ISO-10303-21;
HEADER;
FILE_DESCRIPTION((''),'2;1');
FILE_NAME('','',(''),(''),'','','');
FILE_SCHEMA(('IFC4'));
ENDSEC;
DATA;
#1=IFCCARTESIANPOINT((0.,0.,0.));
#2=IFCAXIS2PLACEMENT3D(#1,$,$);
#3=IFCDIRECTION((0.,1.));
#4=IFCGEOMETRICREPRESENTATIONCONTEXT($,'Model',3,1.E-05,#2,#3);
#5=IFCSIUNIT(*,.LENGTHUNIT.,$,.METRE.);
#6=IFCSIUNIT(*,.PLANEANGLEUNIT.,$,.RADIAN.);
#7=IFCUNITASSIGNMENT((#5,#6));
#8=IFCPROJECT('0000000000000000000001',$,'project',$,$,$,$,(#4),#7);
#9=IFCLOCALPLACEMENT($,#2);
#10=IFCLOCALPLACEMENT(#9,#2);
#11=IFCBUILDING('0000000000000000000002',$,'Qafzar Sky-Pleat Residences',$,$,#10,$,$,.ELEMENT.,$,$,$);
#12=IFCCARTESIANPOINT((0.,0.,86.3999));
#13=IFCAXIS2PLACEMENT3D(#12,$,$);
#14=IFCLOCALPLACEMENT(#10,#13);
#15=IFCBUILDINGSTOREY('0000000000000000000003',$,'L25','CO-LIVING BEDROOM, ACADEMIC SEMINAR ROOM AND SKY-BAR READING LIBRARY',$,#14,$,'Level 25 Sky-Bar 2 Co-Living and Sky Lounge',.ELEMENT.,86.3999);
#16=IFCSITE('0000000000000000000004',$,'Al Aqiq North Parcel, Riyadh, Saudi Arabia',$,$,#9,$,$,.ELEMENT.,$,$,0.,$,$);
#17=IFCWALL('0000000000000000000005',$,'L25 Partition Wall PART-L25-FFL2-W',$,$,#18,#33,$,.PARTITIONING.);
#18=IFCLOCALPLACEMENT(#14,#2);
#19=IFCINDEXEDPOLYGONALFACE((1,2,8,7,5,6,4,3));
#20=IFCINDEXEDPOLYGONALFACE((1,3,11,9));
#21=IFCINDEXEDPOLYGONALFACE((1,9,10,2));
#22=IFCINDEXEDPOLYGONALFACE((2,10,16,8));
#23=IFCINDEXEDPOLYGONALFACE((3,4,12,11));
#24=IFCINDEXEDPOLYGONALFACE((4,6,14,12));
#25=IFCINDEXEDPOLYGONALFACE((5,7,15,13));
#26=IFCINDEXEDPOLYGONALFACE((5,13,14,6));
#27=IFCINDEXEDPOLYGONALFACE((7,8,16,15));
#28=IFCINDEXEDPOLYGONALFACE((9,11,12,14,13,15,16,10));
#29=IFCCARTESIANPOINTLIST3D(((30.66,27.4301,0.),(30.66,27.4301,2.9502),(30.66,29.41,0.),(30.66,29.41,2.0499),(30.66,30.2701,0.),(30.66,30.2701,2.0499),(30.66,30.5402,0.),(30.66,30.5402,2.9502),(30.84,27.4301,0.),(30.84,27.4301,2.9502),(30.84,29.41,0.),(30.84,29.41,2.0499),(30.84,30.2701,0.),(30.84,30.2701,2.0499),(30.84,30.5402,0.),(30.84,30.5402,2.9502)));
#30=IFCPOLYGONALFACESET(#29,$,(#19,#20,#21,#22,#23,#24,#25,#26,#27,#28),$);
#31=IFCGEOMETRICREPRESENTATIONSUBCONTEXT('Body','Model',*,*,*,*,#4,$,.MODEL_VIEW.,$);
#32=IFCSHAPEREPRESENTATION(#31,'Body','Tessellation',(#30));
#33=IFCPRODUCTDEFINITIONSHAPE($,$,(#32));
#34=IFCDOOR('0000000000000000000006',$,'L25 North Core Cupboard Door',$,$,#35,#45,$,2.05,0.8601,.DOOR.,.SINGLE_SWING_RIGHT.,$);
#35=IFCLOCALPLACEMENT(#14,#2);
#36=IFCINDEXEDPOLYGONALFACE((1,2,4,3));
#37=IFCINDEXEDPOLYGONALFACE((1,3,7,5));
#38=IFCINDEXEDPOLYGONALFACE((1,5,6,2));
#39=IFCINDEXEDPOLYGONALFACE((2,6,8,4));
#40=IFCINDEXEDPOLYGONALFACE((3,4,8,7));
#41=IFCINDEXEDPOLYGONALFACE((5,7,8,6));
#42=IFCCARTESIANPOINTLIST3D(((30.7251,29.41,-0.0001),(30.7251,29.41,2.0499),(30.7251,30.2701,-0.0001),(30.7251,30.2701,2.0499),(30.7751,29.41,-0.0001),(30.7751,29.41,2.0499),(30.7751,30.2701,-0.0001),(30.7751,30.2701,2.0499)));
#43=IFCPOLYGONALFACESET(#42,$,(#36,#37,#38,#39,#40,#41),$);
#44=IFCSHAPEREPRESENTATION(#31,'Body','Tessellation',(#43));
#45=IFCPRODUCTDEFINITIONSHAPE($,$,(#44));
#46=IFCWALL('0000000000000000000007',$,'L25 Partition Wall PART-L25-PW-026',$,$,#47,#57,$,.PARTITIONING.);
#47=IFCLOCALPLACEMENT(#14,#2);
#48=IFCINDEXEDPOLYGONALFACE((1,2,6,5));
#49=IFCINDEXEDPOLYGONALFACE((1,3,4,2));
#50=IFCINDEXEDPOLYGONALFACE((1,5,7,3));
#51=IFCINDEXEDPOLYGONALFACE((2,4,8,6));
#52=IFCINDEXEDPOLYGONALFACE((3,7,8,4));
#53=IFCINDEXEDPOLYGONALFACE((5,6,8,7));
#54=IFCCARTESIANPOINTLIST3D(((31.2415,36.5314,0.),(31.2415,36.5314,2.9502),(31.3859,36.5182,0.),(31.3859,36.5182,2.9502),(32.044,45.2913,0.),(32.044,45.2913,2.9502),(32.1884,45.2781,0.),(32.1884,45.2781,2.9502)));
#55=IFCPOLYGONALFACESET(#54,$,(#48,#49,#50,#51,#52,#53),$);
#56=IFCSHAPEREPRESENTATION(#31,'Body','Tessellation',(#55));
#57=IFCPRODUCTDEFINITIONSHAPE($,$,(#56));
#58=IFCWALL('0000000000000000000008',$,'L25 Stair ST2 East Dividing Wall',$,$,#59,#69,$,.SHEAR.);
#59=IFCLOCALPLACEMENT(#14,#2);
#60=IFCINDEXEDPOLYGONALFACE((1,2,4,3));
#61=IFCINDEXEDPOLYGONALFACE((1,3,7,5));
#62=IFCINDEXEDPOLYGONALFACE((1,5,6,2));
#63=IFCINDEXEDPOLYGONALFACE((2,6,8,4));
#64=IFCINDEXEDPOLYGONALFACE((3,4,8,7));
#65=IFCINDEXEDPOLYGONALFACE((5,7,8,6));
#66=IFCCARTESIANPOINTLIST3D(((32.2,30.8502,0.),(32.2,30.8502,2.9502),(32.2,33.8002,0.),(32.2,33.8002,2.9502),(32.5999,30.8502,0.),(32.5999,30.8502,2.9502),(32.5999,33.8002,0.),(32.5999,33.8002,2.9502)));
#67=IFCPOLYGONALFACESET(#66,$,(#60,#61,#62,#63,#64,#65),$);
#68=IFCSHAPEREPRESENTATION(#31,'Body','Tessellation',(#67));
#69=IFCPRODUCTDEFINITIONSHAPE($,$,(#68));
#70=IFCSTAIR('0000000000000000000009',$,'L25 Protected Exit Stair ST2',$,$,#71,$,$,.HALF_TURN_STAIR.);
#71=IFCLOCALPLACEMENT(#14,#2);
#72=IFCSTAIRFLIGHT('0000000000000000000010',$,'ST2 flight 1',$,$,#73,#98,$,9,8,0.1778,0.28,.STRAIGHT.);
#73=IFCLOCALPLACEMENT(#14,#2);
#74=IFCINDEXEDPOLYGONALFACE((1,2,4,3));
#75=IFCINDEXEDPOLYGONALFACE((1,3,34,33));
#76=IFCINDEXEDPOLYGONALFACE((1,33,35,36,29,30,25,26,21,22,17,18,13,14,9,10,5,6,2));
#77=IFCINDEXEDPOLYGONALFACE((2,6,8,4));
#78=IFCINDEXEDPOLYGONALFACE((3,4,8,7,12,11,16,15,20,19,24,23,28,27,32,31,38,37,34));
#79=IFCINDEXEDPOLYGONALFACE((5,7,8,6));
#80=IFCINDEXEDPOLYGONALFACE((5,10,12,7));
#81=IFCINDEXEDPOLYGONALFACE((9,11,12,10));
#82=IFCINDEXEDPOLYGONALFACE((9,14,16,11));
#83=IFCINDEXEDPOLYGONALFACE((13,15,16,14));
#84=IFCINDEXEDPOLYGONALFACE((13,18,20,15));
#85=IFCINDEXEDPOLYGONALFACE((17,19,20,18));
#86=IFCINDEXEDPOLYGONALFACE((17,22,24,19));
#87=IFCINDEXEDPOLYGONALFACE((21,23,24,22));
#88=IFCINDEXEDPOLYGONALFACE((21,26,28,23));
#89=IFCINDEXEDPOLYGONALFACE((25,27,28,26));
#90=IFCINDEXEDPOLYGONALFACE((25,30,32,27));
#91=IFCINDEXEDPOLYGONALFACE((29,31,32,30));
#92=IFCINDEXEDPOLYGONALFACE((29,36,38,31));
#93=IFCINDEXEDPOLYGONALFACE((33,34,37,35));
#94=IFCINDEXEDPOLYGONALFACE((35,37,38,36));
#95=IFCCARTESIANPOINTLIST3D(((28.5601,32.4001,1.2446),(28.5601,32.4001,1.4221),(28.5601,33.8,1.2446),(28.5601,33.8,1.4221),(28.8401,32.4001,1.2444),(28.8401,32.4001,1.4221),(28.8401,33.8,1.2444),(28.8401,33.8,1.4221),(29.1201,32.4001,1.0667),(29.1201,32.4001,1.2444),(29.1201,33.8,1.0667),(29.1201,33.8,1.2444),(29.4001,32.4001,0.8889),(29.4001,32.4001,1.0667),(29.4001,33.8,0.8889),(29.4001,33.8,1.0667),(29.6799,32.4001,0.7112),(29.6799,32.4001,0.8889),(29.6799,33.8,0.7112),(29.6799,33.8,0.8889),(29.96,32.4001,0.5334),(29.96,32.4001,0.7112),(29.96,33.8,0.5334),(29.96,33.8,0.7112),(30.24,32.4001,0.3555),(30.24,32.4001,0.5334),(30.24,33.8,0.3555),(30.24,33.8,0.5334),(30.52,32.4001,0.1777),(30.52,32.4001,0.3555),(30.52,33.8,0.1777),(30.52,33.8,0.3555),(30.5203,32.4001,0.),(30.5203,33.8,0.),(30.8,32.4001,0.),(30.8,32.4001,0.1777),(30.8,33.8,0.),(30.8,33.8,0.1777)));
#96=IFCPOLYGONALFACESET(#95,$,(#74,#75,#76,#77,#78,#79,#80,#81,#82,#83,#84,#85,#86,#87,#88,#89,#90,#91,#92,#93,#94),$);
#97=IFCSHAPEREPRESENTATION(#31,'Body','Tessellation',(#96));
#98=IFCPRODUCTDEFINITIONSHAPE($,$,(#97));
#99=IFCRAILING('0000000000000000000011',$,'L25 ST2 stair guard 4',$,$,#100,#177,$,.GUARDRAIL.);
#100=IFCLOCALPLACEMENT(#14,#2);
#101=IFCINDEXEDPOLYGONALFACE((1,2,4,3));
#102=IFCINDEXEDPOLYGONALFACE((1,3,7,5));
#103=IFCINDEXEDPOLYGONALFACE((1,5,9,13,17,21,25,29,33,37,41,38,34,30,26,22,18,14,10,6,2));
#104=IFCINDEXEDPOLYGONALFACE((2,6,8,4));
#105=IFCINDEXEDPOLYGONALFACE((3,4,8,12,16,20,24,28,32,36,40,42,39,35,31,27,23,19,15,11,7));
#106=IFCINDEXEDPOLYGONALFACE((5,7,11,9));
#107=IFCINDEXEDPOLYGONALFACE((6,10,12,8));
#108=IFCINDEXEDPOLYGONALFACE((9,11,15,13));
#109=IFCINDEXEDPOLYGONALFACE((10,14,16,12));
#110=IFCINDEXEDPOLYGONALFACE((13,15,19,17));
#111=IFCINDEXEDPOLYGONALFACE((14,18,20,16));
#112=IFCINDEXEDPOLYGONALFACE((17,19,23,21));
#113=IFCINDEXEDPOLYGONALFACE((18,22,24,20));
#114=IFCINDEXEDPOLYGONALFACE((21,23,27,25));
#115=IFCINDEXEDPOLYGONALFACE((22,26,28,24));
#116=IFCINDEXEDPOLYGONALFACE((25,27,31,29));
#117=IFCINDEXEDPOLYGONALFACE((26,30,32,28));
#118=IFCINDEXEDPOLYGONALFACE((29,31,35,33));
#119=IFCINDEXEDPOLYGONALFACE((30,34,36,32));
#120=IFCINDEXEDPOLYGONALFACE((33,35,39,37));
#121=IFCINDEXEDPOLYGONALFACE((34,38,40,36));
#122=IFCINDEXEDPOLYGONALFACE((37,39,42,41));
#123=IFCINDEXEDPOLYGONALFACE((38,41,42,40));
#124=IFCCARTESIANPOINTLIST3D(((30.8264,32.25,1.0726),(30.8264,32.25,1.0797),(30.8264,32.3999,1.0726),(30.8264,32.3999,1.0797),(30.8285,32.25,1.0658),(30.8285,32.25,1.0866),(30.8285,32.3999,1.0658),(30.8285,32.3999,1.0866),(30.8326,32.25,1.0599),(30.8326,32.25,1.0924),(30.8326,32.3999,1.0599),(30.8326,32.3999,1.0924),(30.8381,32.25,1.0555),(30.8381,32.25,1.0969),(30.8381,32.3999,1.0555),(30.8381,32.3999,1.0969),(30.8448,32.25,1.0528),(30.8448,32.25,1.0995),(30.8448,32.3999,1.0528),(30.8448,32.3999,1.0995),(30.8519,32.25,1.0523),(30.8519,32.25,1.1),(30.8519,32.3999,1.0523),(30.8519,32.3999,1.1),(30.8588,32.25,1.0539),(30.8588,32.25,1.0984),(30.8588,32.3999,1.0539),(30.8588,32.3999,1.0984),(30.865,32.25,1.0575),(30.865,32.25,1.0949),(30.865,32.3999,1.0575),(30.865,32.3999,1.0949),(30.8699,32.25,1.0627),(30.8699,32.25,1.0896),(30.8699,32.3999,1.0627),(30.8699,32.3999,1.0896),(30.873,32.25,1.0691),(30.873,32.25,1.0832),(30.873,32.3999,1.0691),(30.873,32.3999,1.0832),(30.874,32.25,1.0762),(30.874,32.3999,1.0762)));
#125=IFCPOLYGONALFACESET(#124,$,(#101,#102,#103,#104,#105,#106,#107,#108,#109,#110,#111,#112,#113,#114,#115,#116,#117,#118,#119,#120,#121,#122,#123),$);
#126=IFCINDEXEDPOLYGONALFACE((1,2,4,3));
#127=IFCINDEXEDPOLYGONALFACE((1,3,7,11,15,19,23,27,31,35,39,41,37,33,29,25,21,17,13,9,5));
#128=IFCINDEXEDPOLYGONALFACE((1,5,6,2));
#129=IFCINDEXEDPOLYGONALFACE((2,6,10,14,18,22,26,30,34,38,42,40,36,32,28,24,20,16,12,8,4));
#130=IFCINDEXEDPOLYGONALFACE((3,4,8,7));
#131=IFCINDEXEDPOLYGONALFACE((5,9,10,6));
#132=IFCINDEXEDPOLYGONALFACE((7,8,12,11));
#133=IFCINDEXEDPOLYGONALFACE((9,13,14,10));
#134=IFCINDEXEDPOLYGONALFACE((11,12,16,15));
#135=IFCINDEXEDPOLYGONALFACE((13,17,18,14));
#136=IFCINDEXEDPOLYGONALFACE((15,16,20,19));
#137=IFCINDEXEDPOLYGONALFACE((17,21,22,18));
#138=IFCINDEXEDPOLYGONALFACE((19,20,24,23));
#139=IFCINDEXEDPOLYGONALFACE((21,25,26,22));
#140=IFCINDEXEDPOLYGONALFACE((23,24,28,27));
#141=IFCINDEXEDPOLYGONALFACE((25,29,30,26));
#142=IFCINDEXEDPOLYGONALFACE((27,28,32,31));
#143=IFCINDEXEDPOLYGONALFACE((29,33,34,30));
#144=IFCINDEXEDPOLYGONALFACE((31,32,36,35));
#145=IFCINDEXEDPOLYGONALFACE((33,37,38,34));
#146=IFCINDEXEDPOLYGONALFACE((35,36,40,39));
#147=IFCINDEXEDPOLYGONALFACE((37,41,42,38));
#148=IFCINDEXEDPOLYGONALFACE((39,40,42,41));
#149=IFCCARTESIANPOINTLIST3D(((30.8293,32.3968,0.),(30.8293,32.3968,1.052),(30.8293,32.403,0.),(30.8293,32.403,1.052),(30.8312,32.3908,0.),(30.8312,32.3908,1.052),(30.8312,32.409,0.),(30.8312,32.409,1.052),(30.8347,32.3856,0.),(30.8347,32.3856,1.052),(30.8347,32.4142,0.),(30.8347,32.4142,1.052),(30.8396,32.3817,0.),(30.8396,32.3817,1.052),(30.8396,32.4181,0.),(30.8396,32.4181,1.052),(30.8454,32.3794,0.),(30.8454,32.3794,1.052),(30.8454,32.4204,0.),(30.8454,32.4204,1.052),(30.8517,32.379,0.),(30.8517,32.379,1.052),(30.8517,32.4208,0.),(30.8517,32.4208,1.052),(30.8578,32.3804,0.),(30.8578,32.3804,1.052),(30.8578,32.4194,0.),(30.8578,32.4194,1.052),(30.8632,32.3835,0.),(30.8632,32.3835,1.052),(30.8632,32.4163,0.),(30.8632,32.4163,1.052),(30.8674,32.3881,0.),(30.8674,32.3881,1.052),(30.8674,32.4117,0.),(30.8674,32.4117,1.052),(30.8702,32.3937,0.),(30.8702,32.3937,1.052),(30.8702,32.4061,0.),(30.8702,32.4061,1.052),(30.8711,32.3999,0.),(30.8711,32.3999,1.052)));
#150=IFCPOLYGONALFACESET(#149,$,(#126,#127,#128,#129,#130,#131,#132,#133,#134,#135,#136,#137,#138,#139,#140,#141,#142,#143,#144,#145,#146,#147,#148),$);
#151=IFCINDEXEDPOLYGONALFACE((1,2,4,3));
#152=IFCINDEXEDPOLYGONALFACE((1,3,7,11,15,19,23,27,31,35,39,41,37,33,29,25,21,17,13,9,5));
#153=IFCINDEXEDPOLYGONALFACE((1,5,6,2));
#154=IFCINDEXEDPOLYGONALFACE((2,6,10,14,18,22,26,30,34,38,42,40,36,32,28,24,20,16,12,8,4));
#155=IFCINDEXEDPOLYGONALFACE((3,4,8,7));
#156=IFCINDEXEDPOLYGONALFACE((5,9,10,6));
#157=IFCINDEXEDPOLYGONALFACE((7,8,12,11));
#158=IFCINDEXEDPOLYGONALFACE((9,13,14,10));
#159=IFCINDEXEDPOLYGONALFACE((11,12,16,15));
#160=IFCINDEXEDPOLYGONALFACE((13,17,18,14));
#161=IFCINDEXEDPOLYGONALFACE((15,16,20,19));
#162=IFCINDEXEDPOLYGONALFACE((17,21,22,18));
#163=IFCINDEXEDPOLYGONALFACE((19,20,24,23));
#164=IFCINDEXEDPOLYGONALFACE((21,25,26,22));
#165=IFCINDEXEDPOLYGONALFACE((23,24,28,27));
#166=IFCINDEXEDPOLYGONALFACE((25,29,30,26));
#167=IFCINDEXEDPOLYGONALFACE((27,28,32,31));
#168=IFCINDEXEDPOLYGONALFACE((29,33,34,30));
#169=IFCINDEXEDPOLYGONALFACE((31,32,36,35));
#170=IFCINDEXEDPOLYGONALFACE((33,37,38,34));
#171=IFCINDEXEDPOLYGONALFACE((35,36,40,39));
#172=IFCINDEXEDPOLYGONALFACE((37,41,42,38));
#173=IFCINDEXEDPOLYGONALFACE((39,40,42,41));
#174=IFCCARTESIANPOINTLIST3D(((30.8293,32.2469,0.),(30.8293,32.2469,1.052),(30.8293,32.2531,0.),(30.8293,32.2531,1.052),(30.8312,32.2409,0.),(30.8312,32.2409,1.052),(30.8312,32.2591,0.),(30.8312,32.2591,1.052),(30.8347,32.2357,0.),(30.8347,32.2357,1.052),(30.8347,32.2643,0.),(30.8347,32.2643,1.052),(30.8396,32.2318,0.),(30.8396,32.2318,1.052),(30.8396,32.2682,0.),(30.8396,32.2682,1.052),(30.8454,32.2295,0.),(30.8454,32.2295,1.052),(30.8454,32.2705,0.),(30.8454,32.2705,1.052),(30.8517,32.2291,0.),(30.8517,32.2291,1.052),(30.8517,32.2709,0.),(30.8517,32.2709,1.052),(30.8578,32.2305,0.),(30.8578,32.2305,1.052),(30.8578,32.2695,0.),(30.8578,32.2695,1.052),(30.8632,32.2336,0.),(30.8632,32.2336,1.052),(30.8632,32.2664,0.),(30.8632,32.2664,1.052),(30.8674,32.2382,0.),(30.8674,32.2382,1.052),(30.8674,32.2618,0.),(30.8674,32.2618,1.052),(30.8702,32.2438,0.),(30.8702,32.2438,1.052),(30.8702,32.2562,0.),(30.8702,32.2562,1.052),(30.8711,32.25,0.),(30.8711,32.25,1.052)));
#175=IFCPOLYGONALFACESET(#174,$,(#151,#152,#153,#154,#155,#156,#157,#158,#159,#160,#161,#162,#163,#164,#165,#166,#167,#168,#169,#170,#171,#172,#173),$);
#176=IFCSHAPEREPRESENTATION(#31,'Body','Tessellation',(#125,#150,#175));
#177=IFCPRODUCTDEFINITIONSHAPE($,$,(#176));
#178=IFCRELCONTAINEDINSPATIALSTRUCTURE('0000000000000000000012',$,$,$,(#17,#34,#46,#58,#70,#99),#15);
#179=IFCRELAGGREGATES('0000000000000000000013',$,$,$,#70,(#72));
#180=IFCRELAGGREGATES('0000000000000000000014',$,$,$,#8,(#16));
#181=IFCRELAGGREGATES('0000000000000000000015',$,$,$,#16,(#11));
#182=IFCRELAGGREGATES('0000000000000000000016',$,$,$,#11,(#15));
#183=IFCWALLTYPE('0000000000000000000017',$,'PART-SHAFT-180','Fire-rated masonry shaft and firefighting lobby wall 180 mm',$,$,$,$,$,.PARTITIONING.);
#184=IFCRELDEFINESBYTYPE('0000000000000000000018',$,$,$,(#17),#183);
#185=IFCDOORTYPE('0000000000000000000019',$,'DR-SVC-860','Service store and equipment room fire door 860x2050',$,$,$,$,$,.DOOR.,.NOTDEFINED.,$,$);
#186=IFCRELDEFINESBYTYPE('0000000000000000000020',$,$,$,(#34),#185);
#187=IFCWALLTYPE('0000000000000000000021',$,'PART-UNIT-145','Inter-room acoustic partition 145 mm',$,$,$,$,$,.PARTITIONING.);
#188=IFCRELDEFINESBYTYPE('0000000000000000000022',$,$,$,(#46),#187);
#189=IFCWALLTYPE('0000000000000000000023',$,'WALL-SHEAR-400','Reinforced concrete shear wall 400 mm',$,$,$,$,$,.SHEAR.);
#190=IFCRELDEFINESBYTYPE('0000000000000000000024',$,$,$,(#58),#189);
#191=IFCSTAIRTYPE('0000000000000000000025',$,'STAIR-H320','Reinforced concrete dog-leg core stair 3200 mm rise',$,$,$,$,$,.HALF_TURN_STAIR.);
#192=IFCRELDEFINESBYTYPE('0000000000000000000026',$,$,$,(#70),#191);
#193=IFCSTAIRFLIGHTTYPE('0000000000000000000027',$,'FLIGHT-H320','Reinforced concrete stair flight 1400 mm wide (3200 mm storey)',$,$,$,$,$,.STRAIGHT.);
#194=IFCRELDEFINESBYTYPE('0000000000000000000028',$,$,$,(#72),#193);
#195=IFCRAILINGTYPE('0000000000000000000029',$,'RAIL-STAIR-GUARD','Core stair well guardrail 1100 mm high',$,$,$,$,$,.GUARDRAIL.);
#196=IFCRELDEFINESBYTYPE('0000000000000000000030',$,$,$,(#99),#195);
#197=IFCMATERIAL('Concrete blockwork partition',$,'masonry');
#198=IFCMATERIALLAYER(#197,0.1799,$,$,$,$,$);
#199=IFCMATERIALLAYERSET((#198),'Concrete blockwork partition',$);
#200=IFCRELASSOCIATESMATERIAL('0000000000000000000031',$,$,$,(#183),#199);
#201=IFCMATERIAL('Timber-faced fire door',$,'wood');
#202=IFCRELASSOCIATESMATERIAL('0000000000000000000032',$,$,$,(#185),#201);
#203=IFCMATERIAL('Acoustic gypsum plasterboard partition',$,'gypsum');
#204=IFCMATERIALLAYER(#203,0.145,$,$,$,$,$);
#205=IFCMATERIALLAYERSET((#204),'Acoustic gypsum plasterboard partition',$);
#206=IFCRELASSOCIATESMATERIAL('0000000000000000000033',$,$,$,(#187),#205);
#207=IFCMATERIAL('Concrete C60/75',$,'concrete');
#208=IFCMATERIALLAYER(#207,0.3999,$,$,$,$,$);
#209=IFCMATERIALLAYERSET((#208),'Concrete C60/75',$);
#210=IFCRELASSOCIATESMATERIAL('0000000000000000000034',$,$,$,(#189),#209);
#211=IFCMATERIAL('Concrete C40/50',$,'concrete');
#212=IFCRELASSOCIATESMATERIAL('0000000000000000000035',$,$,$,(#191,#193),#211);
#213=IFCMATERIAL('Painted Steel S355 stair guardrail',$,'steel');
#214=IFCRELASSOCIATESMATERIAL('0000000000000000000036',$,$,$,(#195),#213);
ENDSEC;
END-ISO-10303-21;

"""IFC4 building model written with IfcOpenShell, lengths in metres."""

from ifc_helpers import new_model, si_unit, direction, frame, frame_2d, origin, origin_2d, place, context, subcontext, project, spatial, polyline, rectangle, circle, outline, extrude, source, transform, mapped, material, layer, layer_set, type_object, element, fill, aggregate, save


model = new_model("IFC4")

# Units and contexts
model_context = context("Model", 3, precision=1e-05, world=origin(), true_north=direction((0.0, 1.0)))
body_context = subcontext(model_context, "Body", "Model", "MODEL_VIEW")
ifc_project = project(units=[si_unit("LENGTHUNIT", "METRE"), si_unit("PLANEANGLEUNIT", "RADIAN")], contexts=[model_context])

# Site, building, storey
site_placement = place(None, origin())
site = spatial("IfcSite", under=ifc_project, at=site_placement, Name="Al Aqiq North Parcel, Riyadh, Saudi Arabia", CompositionType="ELEMENT", RefElevation=0.0)
building_placement = place(site_placement, origin())
building = spatial("IfcBuilding", under=site, at=building_placement, Name="Qafzar Sky-Pleat Residences", CompositionType="ELEMENT")
storey_placement = place(building_placement, frame((0.0, 0.0, 86.3999)))
storey = spatial("IfcBuildingStorey", under=building, at=storey_placement, Name="L25", Description="CO-LIVING BEDROOM, ACADEMIC SEMINAR ROOM AND SKY-BAR READING LIBRARY", LongName="Level 25 Sky-Bar 2 Co-Living and Sky Lounge", CompositionType="ELEMENT", Elevation=86.3999)

# Wall, opening, door
ifc_material_1 = material(Name="Acoustic gypsum plasterboard partition", Category="gypsum")
ifc_material_2 = material(Name="Timber-faced fire door", Category="wood")
ifc_material_3 = material(Name="Concrete blockwork partition", Category="masonry")
ifc_layer_1 = layer(ifc_material_3, 0.1799)
ifc_layer_set_1 = layer_set([ifc_layer_1], Name="Concrete blockwork partition")
wall_type_1 = type_object("IfcWallType", Name="PART-SHAFT-180", Description="Fire-rated masonry shaft and firefighting lobby wall 180 mm", PredefinedType="PARTITIONING", material=ifc_layer_set_1)
wall_1_placement = place(storey_placement, frame((30.75, 27.4299, 0.0), z_axis=(0.0, 0.0, 1.0), x_axis=(0.0, 1.0, 0.0)))
wall_1 = element("IfcWall", 1, at=wall_1_placement, inside=storey, type_object=wall_type_1, Name="L25 Partition Wall PART-L25-FFL2-W", PredefinedType="PARTITIONING", context=body_context, shape_type="SweptSolid", body=[
    extrude(rectangle(XDim=3.1101, YDim=0.1799, at=frame_2d((1.5552, 0.0))), origin(), (0.0, 0.0, 1.0), 2.9502),
])
opening_1_placement = place(wall_1_placement, frame((1.98, 0.0, 0.0)))
opening_1 = element("IfcOpeningElement", 2, at=opening_1_placement, cuts=wall_1, PredefinedType="OPENING", context=body_context, shape_type="SweptSolid", body=[
    extrude(rectangle(XDim=0.8601, YDim=2.05, at=frame_2d((0.4302, 1.0249))), frame((0.0, 0.1001, 0.0), z_axis=(0.0, -1.0, 0.0), x_axis=(1.0, 0.0, 0.0)), (0.0, 0.0, 1.0), 0.2),
])
door_type_1 = type_object("IfcDoorType", Name="DR-SVC-860", Description="Service store and equipment room fire door 860x2050", OperationType="NOTDEFINED", PredefinedType="DOOR", material=ifc_material_2)
shared_shape_1 = source(origin(), body_context, "Body", "SweptSolid", [
    extrude(rectangle(XDim=0.8601, YDim=2.05, at=frame_2d((0.4302, 1.0249))), frame((0.0, 0.0249, 0.0), z_axis=(0.0, -1.0, 0.0), x_axis=(1.0, 0.0, 0.0)), (0.0, 0.0, 1.0), 0.05),
])
door_1_placement = place(opening_1_placement, origin())
door_1 = element("IfcDoor", 3, at=door_1_placement, inside=storey, type_object=door_type_1, Name="L25 North Core Cupboard Door", OperationType="SINGLE_SWING_RIGHT", OverallHeight=2.05, OverallWidth=0.8601, PredefinedType="DOOR", context=body_context, shape_type="MappedRepresentation", body=[
    mapped(shared_shape_1, transform((0.0, 0.0, 0.0), x_axis=(1.0, 0.0, 0.0), y_axis=(0.0, 1.0, 0.0), z_axis=(0.0, 0.0, 1.0), scale=1.0)),
])
fill(opening_1, door_1)

# Walls
ifc_layer_2 = layer(ifc_material_1, 0.145)
ifc_layer_set_2 = layer_set([ifc_layer_2], Name="Acoustic gypsum plasterboard partition")
wall_type_2 = type_object("IfcWallType", Name="PART-UNIT-145", Description="Inter-room acoustic partition 145 mm", PredefinedType="PARTITIONING", material=ifc_layer_set_2)
wall_2_placement = place(storey_placement, frame((31.3137, 36.5247, 0.0), z_axis=(0.0, 0.0, 1.0), x_axis=(0.091226, 0.99583, 0.0)))
element("IfcWall", 4, at=wall_2_placement, inside=storey, type_object=wall_type_2, Name="L25 Partition Wall PART-L25-PW-026", PredefinedType="PARTITIONING", context=body_context, shape_type="SweptSolid", body=[
    extrude(rectangle(XDim=8.7966, YDim=0.145, at=frame_2d((4.3984, 0.0))), origin(), (0.0, 0.0, 1.0), 2.9502),
])
ifc_material_4 = material(Name="Concrete C60/75", Category="concrete")
ifc_layer_3 = layer(ifc_material_4, 0.3999)
ifc_layer_set_3 = layer_set([ifc_layer_3], Name="Concrete C60/75")
wall_type_3 = type_object("IfcWallType", Name="WALL-SHEAR-400", Description="Reinforced concrete shear wall 400 mm", PredefinedType="SHEAR", material=ifc_layer_set_3)
wall_3_placement = place(storey_placement, frame((32.3999, 30.8501, 0.0), z_axis=(0.0, 0.0, 1.0), x_axis=(0.0, 1.0, 0.0)))
element("IfcWall", 5, at=wall_3_placement, inside=storey, type_object=wall_type_3, Name="L25 Stair ST2 East Dividing Wall", PredefinedType="SHEAR", context=body_context, shape_type="SweptSolid", body=[
    extrude(rectangle(XDim=2.95, YDim=0.3999, at=frame_2d((1.4751, 0.0))), origin(), (0.0, 0.0, 1.0), 2.9502),
])

# Stair, stair flight
ifc_material_5 = material(Name="Concrete C40/50", Category="concrete")
stair_type = type_object("IfcStairType", Name="STAIR-H320", Description="Reinforced concrete dog-leg core stair 3200 mm rise", PredefinedType="HALF_TURN_STAIR", material=ifc_material_5)
stair_placement = place(storey_placement, origin())
stair = element("IfcStair", 6, at=stair_placement, inside=storey, type_object=stair_type, Name="L25 Protected Exit Stair ST2", PredefinedType="HALF_TURN_STAIR")
stair_flight_type = type_object("IfcStairFlightType", Name="FLIGHT-H320", Description="Reinforced concrete stair flight 1400 mm wide (3200 mm storey)", PredefinedType="STRAIGHT", material=ifc_material_5)
shared_shape_2 = source(origin(), body_context, "Body", "SweptSolid", [
    extrude(outline(polyline([(0.0, 0.0), (0.0, 0.1777), (0.28, 0.1777), (0.28, 0.3555), (0.5601, 0.3555), (0.5601, 0.5334), (0.8401, 0.5334), (0.8401, 0.7112), (1.1201, 0.7112), (1.1201, 0.8889), (1.3999, 0.8889), (1.3999, 1.0667), (1.6799, 1.0667), (1.6799, 1.2444), (1.96, 1.2444), (1.96, 1.4221), (2.24, 1.4221), (2.24, 1.6001), (2.24, 1.2446), (0.2798, 0.0), (0.0, 0.0)])), frame((0.0, 0.7, 0.0), z_axis=(0.0, -1.0, 0.0), x_axis=(1.0, 0.0, 0.0)), (0.0, 0.0, 1.0), 1.3999),
])
stair_flight_placement = place(storey_placement, frame((30.8, 33.1001, 0.0), z_axis=(0.0, 0.0, 1.0), x_axis=(-1.0, 0.0, 0.0)))
stair_flight = element("IfcStairFlight", 7, at=stair_flight_placement, type_object=stair_flight_type, Name="ST2 flight 1", NumberOfRisers=9, NumberOfTreads=8, PredefinedType="STRAIGHT", RiserHeight=0.1778, TreadLength=0.28, context=body_context, shape_type="MappedRepresentation", body=[
    mapped(shared_shape_2, transform((0.0, 0.0, 0.0), x_axis=(1.0, 0.0, 0.0), y_axis=(0.0, 1.0, 0.0), z_axis=(0.0, 0.0, 1.0), scale=1.0)),
])
aggregate(stair, [stair_flight])

# Railing
ifc_material_6 = material(Name="Painted Steel S355 stair guardrail", Category="steel")
railing_type_1 = type_object("IfcRailingType", Name="RAIL-STAIR-GUARD", Description="Core stair well guardrail 1100 mm high", PredefinedType="GUARDRAIL", material=ifc_material_6)
shared_shape_3 = source(origin(), body_context, "Body", "SweptSolid", [
    extrude(circle(Radius=0.0239, at=origin_2d()), frame((0.0, 0.0, 1.0762), z_axis=(0.0, -1.0, 0.0), x_axis=(1.0, 0.0, 0.0)), (0.0, 0.0, 1.0), 0.1499),
    extrude(circle(Radius=0.021, at=origin_2d()), origin(), (0.0, 0.0, 1.0), 1.052),
    extrude(circle(Radius=0.021, at=origin_2d()), frame((0.0, -0.1499, 0.0)), (0.0, 0.0, 1.0), 1.052),
])
railing_1_placement = place(storey_placement, frame((30.8501, 32.3999, 0.0)))
element("IfcRailing", 8, at=railing_1_placement, inside=storey, type_object=railing_type_1, Name="L25 ST2 stair guard 4", PredefinedType="GUARDRAIL", context=body_context, shape_type="MappedRepresentation", body=[
    mapped(shared_shape_3, transform((0.0, 0.0, 0.0), x_axis=(1.0, 0.0, 0.0), y_axis=(0.0, 1.0, 0.0), z_axis=(0.0, 0.0, 1.0), scale=1.0)),
])

save(model, "model.ifc")
